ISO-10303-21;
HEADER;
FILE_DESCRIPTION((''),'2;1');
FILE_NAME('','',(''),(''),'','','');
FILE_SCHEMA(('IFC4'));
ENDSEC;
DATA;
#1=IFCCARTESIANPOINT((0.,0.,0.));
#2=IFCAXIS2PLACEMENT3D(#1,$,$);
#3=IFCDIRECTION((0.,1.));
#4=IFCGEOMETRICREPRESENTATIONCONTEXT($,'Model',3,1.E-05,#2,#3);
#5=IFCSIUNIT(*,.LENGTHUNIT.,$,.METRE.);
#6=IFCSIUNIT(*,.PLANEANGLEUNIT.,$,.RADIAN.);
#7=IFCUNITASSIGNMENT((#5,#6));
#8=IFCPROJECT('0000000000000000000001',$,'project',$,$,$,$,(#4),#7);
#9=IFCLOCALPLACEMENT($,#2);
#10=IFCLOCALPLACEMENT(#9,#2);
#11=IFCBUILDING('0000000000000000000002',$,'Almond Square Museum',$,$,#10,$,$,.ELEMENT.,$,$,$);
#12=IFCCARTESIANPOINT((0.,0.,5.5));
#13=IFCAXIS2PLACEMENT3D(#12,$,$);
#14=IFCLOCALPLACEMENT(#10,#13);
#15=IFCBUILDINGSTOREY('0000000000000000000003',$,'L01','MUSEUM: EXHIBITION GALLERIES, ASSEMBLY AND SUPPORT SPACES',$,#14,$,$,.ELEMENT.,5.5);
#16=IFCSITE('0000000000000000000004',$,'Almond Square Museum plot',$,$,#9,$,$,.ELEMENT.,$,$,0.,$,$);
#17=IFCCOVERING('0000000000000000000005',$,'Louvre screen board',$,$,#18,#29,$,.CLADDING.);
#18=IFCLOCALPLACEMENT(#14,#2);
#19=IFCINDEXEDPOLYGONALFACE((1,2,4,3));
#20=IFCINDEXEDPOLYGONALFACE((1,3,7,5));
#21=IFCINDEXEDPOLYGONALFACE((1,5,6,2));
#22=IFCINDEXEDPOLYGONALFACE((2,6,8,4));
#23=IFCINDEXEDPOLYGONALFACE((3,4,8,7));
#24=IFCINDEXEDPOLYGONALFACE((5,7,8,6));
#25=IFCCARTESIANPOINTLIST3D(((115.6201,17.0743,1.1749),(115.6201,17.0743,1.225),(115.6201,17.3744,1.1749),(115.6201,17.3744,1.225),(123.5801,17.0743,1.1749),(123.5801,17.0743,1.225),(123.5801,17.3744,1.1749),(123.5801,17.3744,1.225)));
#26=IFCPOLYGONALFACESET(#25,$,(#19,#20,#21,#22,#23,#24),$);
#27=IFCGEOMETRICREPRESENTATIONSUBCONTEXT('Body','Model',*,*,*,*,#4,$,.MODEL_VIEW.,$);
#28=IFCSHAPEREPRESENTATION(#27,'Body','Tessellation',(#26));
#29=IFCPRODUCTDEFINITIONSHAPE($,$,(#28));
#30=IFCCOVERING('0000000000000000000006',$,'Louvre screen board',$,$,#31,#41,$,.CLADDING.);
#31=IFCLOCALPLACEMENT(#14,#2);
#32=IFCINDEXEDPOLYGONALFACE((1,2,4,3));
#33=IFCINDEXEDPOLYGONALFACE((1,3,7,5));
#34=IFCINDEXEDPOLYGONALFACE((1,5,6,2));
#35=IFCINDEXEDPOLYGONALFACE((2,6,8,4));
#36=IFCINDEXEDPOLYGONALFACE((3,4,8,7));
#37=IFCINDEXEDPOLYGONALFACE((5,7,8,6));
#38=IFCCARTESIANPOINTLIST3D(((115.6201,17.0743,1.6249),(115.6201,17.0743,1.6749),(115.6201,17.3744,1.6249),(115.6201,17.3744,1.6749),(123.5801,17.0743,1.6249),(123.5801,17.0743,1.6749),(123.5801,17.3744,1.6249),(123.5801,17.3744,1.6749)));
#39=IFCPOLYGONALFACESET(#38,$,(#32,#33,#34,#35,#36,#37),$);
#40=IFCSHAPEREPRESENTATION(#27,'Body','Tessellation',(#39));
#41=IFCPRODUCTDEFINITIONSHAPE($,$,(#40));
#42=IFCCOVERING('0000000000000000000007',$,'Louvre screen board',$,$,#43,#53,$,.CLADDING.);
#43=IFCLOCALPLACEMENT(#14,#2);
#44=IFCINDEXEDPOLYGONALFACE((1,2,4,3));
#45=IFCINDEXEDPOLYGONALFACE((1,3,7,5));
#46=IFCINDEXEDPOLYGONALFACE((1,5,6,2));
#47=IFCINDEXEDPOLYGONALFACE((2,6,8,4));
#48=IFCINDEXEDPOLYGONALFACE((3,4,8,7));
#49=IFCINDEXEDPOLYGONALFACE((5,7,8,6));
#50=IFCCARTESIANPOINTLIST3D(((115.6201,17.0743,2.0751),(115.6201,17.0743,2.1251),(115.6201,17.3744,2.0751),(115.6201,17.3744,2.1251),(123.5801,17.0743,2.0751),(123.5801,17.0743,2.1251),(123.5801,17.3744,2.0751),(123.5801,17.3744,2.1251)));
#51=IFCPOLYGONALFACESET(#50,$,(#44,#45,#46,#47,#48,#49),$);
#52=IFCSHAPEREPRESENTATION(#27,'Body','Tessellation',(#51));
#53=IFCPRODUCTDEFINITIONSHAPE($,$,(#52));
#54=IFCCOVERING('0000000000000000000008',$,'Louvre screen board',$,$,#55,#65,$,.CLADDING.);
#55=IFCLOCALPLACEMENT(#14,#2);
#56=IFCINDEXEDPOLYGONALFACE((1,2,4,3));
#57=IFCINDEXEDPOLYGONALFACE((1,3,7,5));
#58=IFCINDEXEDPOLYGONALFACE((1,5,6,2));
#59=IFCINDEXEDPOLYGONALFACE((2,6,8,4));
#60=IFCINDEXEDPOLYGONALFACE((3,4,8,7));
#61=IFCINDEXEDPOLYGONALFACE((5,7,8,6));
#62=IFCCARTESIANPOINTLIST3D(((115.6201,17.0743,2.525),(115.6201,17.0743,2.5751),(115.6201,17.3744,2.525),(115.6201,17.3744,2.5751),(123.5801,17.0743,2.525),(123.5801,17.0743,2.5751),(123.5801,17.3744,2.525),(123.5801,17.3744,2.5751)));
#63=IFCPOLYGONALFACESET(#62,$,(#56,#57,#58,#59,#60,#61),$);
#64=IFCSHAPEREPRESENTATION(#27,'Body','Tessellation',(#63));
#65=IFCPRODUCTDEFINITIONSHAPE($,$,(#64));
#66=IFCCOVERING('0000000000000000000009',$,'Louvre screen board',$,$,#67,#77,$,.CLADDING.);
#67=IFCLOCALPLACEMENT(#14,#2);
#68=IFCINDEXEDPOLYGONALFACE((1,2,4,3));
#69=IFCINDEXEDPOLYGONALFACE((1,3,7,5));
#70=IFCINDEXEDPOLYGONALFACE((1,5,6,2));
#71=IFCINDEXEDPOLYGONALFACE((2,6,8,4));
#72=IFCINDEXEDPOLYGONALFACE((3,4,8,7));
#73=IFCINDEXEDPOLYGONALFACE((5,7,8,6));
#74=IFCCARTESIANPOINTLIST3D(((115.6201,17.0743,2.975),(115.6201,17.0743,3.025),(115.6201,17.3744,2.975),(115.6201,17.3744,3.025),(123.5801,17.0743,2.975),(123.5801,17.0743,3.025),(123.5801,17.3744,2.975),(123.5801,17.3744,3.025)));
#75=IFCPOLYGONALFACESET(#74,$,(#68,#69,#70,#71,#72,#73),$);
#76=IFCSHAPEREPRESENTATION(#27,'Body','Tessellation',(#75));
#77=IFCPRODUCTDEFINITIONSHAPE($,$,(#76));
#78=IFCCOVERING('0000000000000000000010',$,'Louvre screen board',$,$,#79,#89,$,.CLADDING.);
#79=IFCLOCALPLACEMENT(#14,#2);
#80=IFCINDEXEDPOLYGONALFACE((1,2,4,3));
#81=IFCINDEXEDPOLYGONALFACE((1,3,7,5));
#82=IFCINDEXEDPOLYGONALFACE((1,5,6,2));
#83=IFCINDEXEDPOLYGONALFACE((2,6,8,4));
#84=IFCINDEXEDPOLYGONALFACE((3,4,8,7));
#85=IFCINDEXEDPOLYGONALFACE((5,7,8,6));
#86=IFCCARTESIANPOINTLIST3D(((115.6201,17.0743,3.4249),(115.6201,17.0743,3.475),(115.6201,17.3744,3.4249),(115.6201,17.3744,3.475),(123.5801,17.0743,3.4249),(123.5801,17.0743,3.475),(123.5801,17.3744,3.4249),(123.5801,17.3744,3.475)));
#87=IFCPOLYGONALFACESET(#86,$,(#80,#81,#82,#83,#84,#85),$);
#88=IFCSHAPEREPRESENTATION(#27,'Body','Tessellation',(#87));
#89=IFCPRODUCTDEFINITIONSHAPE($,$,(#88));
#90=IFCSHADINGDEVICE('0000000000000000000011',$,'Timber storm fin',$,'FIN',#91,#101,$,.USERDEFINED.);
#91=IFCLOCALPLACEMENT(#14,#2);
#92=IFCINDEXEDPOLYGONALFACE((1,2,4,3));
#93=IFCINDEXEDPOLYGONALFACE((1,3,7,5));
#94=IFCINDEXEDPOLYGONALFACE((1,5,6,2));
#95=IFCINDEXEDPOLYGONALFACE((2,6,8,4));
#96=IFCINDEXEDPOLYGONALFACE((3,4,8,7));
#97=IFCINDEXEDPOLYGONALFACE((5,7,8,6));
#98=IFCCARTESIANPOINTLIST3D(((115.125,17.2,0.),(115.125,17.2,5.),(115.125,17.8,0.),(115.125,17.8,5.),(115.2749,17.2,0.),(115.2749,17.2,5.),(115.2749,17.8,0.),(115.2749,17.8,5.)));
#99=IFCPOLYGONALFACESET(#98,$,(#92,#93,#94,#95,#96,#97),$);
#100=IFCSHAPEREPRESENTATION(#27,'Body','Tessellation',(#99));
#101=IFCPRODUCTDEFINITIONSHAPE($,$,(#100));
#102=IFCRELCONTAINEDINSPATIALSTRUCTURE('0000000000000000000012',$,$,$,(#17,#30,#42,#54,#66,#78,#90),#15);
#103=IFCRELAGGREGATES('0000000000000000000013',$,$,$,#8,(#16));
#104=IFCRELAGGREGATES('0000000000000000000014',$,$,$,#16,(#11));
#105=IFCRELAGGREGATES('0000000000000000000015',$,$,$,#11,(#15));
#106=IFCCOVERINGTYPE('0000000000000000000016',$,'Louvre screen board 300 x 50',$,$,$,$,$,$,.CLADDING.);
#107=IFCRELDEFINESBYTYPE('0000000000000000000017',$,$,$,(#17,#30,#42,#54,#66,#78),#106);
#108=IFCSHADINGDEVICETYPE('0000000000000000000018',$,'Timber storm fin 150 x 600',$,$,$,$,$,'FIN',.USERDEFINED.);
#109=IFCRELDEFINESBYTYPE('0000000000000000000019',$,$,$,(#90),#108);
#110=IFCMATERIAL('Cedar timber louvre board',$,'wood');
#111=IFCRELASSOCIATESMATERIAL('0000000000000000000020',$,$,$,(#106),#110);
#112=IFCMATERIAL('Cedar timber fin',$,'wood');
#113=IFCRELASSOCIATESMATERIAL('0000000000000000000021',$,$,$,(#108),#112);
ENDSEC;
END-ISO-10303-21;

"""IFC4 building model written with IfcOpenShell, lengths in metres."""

from ifc_helpers import new_model, si_unit, direction, frame, origin, origin_2d, place, context, subcontext, project, spatial, rectangle, extrude, material, material_profile, profile_set, type_object, element, save


model = new_model("IFC4")

# Units and contexts
model_context = context("Model", 3, precision=1e-05, world=origin(), true_north=direction((0.0, 1.0)))
body_context = subcontext(model_context, "Body", "Model", "MODEL_VIEW")
ifc_project = project(units=[si_unit("LENGTHUNIT", "METRE"), si_unit("PLANEANGLEUNIT", "RADIAN")], contexts=[model_context])

# Site, building, storey
site_placement = place(None, origin())
site = spatial("IfcSite", under=ifc_project, at=site_placement, Name="Almond Square Museum plot", CompositionType="ELEMENT", RefElevation=0.0)
building_placement = place(site_placement, origin())
building = spatial("IfcBuilding", under=site, at=building_placement, Name="Almond Square Museum", CompositionType="ELEMENT")
storey_placement = place(building_placement, frame((0.0, 0.0, 5.5)))
storey = spatial("IfcBuildingStorey", under=building, at=storey_placement, Name="L01", Description="MUSEUM: EXHIBITION GALLERIES, ASSEMBLY AND SUPPORT SPACES", CompositionType="ELEMENT", Elevation=5.5)

# Coverings
ifc_material_1 = material(Name="Cedar timber louvre board", Category="wood")
ifc_material_profile_1 = material_profile(ifc_material_1, rectangle(XDim=0.3, YDim=0.05, at=origin_2d()))
ifc_profile_set_1 = profile_set([ifc_material_profile_1], Name="Cedar timber louvre board")
covering_type_1 = type_object("IfcCoveringType", Name="Louvre screen board 300 x 50", PredefinedType="CLADDING", material=ifc_profile_set_1)
for number, where, z_axis, x_axis, name in (
    (1, (115.6201, 17.2244, 1.2), (1.0, 0.0, 0.0), (0.0, 1.0, 0.0), "Louvre screen board"),
    (2, (115.6201, 17.2244, 1.6499), (1.0, 0.0, 0.0), (0.0, 1.0, 0.0), "Louvre screen board"),
    (3, (115.6201, 17.2244, 2.1001), (1.0, 0.0, 0.0), (0.0, 1.0, 0.0), "Louvre screen board"),
    (4, (115.6201, 17.2244, 2.55), (1.0, 0.0, 0.0), (0.0, 1.0, 0.0), "Louvre screen board"),
    (5, (115.6201, 17.2244, 3.0), (1.0, 0.0, 0.0), (0.0, 1.0, 0.0), "Louvre screen board"),
    (6, (115.6201, 17.2244, 3.45), (1.0, 0.0, 0.0), (0.0, 1.0, 0.0), "Louvre screen board"),
):
    element("IfcCovering", number, at=place(storey_placement, frame(where, z_axis=z_axis, x_axis=x_axis)), inside=storey, type_object=covering_type_1, Name=name, PredefinedType="CLADDING", context=body_context, shape_type="SweptSolid", body=[
        extrude(rectangle(XDim=0.3, YDim=0.05, at=origin_2d()), origin(), (0.0, 0.0, 1.0), 7.96),
    ])

# Shading device
ifc_material_2 = material(Name="Cedar timber fin", Category="wood")
shading_device_type = type_object("IfcShadingDeviceType", Name="Timber storm fin 150 x 600", ElementType="FIN", PredefinedType="USERDEFINED", material=ifc_material_2)
shading_device_placement = place(storey_placement, frame((115.2, 17.5, 0.0), z_axis=(0.0, 0.0, 1.0), x_axis=(1.0, 0.0, 0.0)))
element("IfcShadingDevice", 7, at=shading_device_placement, inside=storey, type_object=shading_device_type, Name="Timber storm fin", ObjectType="FIN", PredefinedType="USERDEFINED", context=body_context, shape_type="SweptSolid", body=[
    extrude(rectangle(XDim=0.1499, YDim=0.6001, at=origin_2d()), origin(), (0.0, 0.0, 1.0), 5.0),
])

save(model, "model.ifc")
